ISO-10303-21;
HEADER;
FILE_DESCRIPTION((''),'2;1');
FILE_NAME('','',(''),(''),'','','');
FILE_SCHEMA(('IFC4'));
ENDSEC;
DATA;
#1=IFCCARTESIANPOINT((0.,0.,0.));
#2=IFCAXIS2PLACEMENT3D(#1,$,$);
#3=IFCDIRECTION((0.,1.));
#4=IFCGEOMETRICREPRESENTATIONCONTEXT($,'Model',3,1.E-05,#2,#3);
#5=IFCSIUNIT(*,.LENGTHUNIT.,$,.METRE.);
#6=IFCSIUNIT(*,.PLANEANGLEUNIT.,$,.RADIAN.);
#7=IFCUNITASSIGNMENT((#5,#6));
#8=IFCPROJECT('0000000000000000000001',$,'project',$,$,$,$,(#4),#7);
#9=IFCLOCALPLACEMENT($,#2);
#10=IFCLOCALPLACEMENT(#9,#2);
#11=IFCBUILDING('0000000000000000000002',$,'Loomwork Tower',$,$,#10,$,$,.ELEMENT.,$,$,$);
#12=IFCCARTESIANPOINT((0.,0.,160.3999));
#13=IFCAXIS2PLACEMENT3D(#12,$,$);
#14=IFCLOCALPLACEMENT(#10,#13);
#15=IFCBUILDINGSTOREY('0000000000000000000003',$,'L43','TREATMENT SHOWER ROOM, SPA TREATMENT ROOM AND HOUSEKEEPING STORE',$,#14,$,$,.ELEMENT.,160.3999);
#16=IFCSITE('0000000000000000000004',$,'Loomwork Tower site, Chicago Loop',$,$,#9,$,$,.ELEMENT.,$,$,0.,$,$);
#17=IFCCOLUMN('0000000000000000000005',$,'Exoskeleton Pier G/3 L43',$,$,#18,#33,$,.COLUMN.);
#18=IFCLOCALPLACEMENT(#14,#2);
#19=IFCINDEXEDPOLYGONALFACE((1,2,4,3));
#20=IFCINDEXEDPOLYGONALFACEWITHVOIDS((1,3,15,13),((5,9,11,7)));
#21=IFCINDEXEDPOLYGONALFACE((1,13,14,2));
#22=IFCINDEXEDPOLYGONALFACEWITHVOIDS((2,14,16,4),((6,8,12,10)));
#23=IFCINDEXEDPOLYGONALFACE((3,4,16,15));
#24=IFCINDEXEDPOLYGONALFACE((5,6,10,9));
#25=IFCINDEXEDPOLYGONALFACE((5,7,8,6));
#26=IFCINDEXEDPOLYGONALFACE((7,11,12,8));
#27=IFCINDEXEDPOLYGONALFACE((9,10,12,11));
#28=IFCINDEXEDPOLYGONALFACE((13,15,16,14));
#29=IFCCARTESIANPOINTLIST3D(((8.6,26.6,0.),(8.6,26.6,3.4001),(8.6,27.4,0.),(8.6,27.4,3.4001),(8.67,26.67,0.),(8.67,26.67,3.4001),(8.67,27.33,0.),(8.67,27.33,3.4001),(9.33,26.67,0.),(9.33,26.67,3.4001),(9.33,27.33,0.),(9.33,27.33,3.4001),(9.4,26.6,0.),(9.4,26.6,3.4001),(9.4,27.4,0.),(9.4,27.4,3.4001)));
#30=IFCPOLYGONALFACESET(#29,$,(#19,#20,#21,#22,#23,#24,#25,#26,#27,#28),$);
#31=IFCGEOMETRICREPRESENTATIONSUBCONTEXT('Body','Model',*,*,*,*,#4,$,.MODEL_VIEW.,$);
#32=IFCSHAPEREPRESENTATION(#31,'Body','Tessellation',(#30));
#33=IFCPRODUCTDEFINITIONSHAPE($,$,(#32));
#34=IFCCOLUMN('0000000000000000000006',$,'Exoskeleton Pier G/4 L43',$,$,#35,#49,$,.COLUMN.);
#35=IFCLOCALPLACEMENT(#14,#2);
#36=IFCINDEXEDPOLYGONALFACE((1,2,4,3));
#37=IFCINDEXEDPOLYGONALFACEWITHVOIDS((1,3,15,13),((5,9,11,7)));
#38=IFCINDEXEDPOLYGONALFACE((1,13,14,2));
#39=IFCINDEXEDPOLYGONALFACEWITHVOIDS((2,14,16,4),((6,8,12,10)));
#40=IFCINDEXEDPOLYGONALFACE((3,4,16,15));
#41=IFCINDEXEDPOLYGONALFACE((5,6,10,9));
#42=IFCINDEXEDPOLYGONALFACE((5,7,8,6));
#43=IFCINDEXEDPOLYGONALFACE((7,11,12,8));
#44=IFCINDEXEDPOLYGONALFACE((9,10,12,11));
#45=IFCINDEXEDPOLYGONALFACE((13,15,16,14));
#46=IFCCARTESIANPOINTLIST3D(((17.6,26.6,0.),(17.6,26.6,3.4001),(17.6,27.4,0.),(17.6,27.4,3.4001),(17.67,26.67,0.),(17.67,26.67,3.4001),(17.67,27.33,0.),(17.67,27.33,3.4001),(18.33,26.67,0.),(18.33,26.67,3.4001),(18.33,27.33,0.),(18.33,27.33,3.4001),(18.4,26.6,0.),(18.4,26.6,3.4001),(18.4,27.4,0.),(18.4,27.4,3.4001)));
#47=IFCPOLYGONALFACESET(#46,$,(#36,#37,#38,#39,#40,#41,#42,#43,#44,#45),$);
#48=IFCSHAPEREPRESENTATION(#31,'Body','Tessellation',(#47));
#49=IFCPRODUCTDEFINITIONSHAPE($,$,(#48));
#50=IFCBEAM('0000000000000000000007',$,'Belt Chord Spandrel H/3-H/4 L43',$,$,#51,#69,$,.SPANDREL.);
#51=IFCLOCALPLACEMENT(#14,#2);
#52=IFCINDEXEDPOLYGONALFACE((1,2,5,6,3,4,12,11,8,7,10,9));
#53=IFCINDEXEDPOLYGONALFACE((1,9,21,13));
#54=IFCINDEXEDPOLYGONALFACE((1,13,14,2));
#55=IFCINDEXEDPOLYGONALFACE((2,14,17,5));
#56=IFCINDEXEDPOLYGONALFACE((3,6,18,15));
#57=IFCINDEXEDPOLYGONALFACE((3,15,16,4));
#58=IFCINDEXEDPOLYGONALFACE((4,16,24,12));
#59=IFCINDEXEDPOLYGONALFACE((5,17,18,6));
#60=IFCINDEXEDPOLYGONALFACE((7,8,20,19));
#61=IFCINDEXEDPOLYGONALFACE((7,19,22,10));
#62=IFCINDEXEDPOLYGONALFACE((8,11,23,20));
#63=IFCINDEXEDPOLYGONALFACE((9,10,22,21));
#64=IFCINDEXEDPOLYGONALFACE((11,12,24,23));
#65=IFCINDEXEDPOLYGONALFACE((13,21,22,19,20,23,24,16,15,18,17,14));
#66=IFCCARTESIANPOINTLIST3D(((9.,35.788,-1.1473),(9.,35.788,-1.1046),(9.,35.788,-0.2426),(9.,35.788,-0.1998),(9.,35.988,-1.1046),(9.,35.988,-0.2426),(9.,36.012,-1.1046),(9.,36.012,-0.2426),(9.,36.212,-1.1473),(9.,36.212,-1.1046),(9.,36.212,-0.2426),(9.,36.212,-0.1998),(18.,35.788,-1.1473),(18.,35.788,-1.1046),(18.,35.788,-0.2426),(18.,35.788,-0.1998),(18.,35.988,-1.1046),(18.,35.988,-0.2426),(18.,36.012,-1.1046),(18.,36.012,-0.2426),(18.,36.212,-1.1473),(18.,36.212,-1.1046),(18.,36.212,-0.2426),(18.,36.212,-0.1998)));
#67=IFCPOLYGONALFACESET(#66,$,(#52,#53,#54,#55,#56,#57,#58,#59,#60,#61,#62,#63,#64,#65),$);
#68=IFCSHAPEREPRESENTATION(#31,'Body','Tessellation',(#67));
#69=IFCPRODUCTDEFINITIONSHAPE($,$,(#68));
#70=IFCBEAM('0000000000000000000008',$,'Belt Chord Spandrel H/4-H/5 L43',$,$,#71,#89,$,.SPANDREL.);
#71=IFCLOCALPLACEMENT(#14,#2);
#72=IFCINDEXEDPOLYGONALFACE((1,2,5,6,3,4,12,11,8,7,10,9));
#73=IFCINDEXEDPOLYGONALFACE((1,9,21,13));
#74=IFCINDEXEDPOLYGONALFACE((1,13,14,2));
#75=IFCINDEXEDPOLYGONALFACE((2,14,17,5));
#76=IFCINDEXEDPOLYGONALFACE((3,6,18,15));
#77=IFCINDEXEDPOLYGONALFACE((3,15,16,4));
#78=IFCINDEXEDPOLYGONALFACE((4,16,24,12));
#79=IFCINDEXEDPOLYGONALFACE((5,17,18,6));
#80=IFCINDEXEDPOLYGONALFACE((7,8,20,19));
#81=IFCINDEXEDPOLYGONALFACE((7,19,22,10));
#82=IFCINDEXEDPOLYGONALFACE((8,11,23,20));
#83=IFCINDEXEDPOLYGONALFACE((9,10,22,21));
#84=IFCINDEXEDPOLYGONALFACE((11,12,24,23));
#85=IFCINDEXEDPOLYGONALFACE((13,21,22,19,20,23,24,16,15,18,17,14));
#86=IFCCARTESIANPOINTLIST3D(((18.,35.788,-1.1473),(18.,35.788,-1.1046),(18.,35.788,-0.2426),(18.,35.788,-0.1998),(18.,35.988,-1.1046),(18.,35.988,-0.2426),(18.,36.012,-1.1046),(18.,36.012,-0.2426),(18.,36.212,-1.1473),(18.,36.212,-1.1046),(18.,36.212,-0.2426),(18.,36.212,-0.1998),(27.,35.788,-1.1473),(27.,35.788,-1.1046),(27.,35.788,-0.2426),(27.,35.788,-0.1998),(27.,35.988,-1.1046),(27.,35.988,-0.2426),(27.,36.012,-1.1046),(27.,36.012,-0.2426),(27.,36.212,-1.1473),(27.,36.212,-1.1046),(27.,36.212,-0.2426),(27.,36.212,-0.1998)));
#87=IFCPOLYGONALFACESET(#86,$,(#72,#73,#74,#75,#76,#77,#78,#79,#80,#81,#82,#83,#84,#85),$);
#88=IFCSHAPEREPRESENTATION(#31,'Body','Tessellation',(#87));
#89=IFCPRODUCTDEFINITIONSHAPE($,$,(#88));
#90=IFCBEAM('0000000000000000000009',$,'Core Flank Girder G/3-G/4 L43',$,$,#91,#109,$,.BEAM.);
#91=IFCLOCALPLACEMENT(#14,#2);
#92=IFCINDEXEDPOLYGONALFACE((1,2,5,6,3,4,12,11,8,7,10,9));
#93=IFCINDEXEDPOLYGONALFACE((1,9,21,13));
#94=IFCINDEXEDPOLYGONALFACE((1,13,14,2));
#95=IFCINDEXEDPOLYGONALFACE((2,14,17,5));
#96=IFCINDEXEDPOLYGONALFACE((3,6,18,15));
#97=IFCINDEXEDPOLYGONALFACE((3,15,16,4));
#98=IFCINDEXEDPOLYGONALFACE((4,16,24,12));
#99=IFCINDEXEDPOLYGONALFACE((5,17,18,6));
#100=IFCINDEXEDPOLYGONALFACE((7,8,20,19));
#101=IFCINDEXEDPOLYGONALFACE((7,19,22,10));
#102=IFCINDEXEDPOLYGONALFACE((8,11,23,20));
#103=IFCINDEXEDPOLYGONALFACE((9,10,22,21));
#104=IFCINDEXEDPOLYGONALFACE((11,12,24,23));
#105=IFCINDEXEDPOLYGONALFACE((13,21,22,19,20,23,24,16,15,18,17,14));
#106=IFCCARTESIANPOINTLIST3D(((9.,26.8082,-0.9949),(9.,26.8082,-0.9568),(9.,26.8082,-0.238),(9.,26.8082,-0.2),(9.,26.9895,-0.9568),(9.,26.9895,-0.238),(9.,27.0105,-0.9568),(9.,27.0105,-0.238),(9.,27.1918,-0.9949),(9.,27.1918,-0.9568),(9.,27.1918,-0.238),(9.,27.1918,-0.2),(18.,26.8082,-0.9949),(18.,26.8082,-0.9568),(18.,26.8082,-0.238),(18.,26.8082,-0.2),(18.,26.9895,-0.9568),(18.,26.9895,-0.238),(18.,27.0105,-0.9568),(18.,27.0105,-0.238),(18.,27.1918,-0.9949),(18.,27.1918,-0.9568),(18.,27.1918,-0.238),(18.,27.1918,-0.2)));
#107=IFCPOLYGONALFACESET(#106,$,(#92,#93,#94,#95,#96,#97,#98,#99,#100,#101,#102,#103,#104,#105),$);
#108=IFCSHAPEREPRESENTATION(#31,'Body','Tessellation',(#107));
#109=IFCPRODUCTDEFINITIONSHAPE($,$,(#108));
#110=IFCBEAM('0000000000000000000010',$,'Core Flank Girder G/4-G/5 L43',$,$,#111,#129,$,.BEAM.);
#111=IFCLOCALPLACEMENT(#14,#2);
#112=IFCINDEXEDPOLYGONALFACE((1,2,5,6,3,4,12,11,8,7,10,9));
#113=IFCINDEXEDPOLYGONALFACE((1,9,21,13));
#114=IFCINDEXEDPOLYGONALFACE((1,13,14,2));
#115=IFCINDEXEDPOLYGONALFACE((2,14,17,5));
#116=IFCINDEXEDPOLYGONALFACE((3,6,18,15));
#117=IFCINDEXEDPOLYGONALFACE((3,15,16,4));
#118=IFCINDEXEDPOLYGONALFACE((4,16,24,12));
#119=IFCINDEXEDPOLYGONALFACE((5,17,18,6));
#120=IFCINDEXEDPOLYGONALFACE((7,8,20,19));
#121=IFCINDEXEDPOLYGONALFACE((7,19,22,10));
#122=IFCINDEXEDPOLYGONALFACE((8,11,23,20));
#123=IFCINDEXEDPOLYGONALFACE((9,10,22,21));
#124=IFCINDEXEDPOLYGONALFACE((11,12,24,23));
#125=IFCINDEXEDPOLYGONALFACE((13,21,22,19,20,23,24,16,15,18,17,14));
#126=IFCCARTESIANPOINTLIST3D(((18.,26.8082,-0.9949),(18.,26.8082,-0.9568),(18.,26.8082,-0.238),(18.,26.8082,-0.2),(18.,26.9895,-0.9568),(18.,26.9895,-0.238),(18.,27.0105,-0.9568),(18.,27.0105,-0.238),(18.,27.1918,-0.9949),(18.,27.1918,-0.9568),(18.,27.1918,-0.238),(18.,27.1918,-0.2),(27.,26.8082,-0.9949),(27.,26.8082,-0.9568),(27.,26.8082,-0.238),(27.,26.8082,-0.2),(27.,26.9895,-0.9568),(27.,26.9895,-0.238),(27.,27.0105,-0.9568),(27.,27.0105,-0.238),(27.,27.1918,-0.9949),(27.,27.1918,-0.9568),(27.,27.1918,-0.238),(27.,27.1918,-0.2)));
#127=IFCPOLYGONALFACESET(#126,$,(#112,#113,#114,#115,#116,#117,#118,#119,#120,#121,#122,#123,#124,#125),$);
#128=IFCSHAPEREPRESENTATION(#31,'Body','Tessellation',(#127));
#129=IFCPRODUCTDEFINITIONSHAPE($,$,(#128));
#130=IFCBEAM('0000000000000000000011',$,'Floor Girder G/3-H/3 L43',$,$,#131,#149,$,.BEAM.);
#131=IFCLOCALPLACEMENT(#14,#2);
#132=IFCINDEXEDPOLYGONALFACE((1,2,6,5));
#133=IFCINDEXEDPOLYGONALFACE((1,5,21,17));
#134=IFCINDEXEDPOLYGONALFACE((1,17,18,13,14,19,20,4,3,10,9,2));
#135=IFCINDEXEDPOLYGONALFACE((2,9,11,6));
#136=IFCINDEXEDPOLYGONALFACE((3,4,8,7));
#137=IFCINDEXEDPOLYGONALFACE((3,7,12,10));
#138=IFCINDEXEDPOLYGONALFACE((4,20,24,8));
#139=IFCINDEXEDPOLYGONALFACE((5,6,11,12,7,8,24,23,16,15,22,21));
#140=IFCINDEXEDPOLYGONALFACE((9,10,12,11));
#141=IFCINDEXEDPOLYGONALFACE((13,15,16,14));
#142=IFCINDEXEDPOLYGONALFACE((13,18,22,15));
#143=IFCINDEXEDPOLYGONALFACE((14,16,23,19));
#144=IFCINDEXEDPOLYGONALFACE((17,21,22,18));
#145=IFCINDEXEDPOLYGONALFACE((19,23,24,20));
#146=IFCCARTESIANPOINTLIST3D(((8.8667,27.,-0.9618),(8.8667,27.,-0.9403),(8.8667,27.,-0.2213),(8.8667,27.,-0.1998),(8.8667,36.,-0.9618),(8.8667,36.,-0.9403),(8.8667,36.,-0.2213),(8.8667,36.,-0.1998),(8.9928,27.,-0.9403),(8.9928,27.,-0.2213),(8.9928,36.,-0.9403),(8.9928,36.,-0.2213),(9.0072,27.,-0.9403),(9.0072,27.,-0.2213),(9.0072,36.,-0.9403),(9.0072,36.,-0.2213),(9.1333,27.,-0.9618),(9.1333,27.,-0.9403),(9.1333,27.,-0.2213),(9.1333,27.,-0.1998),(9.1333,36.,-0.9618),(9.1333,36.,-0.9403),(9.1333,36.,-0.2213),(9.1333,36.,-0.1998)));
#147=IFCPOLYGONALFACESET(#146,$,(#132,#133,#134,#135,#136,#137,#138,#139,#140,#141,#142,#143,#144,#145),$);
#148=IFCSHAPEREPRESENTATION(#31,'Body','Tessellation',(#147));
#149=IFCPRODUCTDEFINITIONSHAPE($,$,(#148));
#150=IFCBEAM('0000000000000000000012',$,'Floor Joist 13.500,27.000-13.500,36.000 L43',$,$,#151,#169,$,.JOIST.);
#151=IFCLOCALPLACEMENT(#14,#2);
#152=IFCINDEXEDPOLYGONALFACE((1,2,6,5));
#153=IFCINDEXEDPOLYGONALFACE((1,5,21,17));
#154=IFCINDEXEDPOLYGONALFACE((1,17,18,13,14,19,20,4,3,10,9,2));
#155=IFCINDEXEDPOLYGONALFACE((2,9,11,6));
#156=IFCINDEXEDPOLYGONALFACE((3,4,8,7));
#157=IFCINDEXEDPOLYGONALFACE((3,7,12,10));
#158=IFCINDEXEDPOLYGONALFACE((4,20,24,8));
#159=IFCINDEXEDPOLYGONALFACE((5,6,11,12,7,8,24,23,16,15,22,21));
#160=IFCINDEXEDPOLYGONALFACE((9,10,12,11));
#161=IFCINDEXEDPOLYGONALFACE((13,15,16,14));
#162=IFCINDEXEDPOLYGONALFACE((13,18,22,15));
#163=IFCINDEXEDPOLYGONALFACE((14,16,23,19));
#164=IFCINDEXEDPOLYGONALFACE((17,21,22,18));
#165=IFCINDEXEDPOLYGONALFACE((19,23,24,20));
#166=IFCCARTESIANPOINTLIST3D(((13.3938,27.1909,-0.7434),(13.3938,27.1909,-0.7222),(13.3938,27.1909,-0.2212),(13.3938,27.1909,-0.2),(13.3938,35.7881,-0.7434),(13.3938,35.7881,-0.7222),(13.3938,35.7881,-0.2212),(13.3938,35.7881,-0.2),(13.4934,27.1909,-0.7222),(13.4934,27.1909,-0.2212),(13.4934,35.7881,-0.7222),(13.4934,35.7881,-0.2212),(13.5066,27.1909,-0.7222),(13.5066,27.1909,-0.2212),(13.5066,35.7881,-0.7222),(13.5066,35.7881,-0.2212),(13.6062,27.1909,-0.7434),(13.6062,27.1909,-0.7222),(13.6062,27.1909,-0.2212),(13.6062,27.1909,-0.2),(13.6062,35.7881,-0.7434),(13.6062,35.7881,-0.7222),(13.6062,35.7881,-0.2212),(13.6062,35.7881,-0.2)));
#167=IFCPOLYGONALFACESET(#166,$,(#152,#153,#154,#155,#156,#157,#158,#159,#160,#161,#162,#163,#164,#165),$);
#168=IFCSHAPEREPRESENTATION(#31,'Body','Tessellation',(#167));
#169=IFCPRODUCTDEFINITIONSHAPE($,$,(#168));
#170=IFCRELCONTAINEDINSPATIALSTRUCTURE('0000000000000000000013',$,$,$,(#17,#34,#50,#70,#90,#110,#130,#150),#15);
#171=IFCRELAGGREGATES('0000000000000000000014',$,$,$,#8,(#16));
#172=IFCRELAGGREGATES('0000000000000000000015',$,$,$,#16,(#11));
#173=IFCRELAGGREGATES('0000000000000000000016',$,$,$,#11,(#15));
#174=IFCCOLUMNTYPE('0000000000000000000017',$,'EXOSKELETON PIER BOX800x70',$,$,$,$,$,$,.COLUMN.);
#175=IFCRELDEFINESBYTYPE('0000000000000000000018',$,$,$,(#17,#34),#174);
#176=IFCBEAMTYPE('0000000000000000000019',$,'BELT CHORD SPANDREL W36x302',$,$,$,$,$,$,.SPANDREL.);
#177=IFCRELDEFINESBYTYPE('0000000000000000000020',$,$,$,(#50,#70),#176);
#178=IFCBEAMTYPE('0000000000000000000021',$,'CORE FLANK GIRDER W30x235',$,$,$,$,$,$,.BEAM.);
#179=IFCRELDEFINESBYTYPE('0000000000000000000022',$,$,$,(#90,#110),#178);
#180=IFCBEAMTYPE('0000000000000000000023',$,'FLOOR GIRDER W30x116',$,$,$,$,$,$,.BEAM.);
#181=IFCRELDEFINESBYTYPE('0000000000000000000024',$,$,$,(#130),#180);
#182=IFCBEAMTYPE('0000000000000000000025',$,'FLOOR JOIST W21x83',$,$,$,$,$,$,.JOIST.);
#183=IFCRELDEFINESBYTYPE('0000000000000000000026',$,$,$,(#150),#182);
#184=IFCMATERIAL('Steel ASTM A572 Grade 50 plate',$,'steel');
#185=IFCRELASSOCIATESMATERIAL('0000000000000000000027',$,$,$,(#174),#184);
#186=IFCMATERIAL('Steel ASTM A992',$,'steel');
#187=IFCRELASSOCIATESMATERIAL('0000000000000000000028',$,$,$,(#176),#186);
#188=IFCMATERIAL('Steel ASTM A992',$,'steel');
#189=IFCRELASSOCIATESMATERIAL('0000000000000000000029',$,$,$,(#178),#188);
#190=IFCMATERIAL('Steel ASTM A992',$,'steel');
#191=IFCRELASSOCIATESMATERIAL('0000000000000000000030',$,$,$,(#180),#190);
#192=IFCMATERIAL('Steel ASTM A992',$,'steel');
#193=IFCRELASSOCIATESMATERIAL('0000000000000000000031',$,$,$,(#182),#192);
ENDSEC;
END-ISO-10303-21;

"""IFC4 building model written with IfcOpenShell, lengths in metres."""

from ifc_helpers import new_model, si_unit, direction, frame, origin, origin_2d, place, context, subcontext, project, spatial, hollow_rectangle, i_section, extrude, material, material_profile, profile_set, type_object, element, save


model = new_model("IFC4")

# Units and contexts
model_context = context("Model", 3, precision=1e-05, world=origin(), true_north=direction((0.0, 1.0)))
body_context = subcontext(model_context, "Body", "Model", "MODEL_VIEW")
ifc_project = project(units=[si_unit("LENGTHUNIT", "METRE"), si_unit("PLANEANGLEUNIT", "RADIAN")], contexts=[model_context])

# Site, building, storey
site_placement = place(None, origin())
site = spatial("IfcSite", under=ifc_project, at=site_placement, Name="Loomwork Tower site, Chicago Loop", CompositionType="ELEMENT", RefElevation=0.0)
building_placement = place(site_placement, origin())
building = spatial("IfcBuilding", under=site, at=building_placement, Name="Loomwork Tower", CompositionType="ELEMENT")
storey_placement = place(building_placement, frame((0.0, 0.0, 160.3999)))
storey = spatial("IfcBuildingStorey", under=building, at=storey_placement, Name="L43", Description="TREATMENT SHOWER ROOM, SPA TREATMENT ROOM AND HOUSEKEEPING STORE", CompositionType="ELEMENT", Elevation=160.3999)

# Columns
ifc_material_1 = material(Name="Steel ASTM A572 Grade 50 plate", Category="steel")
ifc_material_profile_1 = material_profile(ifc_material_1, hollow_rectangle(XDim=0.8, YDim=0.8, WallThickness=0.0701, at=origin_2d()), Name="BOX800x70")
ifc_profile_set_1 = profile_set([ifc_material_profile_1], Name="Steel ASTM A572 Grade 50 plate")
column_type = type_object("IfcColumnType", Name="EXOSKELETON PIER BOX800x70", PredefinedType="COLUMN", material=ifc_profile_set_1)
for number, where, z_axis, x_axis, name in (
    (1, (9.0, 27.0, 0.0), (0.0, 0.0, 1.0), (1.0, 0.0, 0.0), "Exoskeleton Pier G/3 L43"),
    (2, (18.0, 27.0, 0.0), (0.0, 0.0, 1.0), (1.0, 0.0, 0.0), "Exoskeleton Pier G/4 L43"),
):
    element("IfcColumn", number, at=place(storey_placement, frame(where, z_axis=z_axis, x_axis=x_axis)), inside=storey, type_object=column_type, Name=name, PredefinedType="COLUMN", context=body_context, shape_type="SweptSolid", body=[
        extrude(hollow_rectangle(XDim=0.8, YDim=0.8, WallThickness=0.0701, at=origin_2d()), origin(), (0.0, 0.0, 1.0), 3.4001),
    ])

# Beams
ifc_material_2 = material(Name="Steel ASTM A992", Category="steel")
ifc_material_profile_2 = material_profile(ifc_material_2, i_section(OverallWidth=0.4241, OverallDepth=0.9475, WebThickness=0.0239, FlangeThickness=0.0427, at=origin_2d()), Name="W36x302")
ifc_profile_set_2 = profile_set([ifc_material_profile_2], Name="Steel ASTM A992")
beam_type_1 = type_object("IfcBeamType", Name="BELT CHORD SPANDREL W36x302", PredefinedType="SPANDREL", material=ifc_profile_set_2)
for number, where, z_axis, x_axis, name in (
    (3, (9.0, 36.0, -0.6736), (1.0, 0.0, 0.0), (0.0, 1.0, 0.0), "Belt Chord Spandrel H/3-H/4 L43"),
    (4, (18.0, 36.0, -0.6736), (1.0, 0.0, 0.0), (0.0, 1.0, 0.0), "Belt Chord Spandrel H/4-H/5 L43"),
):
    element("IfcBeam", number, at=place(storey_placement, frame(where, z_axis=z_axis, x_axis=x_axis)), inside=storey, type_object=beam_type_1, Name=name, PredefinedType="SPANDREL", context=body_context, shape_type="SweptSolid", body=[
        extrude(i_section(OverallWidth=0.4241, OverallDepth=0.9475, WebThickness=0.0239, FlangeThickness=0.0427, at=origin_2d()), origin(), (0.0, 0.0, 1.0), 9.0),
    ])
ifc_material_3 = material(Name="Steel ASTM A992", Category="steel")
ifc_material_profile_3 = material_profile(ifc_material_3, i_section(OverallWidth=0.3835, OverallDepth=0.7949, WebThickness=0.021, FlangeThickness=0.0381, at=origin_2d()), Name="W30x235")
ifc_profile_set_3 = profile_set([ifc_material_profile_3], Name="Steel ASTM A992")
beam_type_2 = type_object("IfcBeamType", Name="CORE FLANK GIRDER W30x235", PredefinedType="BEAM", material=ifc_profile_set_3)
for number, where, z_axis, x_axis, name in (
    (5, (9.0, 27.0, -0.5974), (1.0, 0.0, 0.0), (0.0, 1.0, 0.0), "Core Flank Girder G/3-G/4 L43"),
    (6, (18.0, 27.0, -0.5974), (1.0, 0.0, 0.0), (0.0, 1.0, 0.0), "Core Flank Girder G/4-G/5 L43"),
):
    element("IfcBeam", number, at=place(storey_placement, frame(where, z_axis=z_axis, x_axis=x_axis)), inside=storey, type_object=beam_type_2, Name=name, PredefinedType="BEAM", context=body_context, shape_type="SweptSolid", body=[
        extrude(i_section(OverallWidth=0.3835, OverallDepth=0.7949, WebThickness=0.021, FlangeThickness=0.0381, at=origin_2d()), origin(), (0.0, 0.0, 1.0), 9.0),
    ])
ifc_material_4 = material(Name="Steel ASTM A992", Category="steel")
ifc_material_profile_4 = material_profile(ifc_material_4, i_section(OverallWidth=0.2666, OverallDepth=0.762, WebThickness=0.0144, FlangeThickness=0.0215, at=origin_2d()), Name="W30x116")
ifc_profile_set_4 = profile_set([ifc_material_profile_4], Name="Steel ASTM A992")
beam_type_3 = type_object("IfcBeamType", Name="FLOOR GIRDER W30x116", PredefinedType="BEAM", material=ifc_profile_set_4)
beam_1_placement = place(storey_placement, frame((9.0, 27.0, -0.5808), z_axis=(0.0, 1.0, 0.0), x_axis=(-1.0, 0.0, 0.0)))
element("IfcBeam", 7, at=beam_1_placement, inside=storey, type_object=beam_type_3, Name="Floor Girder G/3-H/3 L43", PredefinedType="BEAM", context=body_context, shape_type="SweptSolid", body=[
    extrude(i_section(OverallWidth=0.2666, OverallDepth=0.762, WebThickness=0.0144, FlangeThickness=0.0215, at=origin_2d()), origin(), (0.0, 0.0, 1.0), 9.0),
])
ifc_material_5 = material(Name="Steel ASTM A992", Category="steel")
ifc_material_profile_5 = material_profile(ifc_material_5, i_section(OverallWidth=0.2124, OverallDepth=0.5435, WebThickness=0.0132, FlangeThickness=0.0212, at=origin_2d()), Name="W21x83")
ifc_profile_set_5 = profile_set([ifc_material_profile_5], Name="Steel ASTM A992")
beam_type_4 = type_object("IfcBeamType", Name="FLOOR JOIST W21x83", PredefinedType="JOIST", material=ifc_profile_set_5)
beam_2_placement = place(storey_placement, frame((13.5, 27.1909, -0.4717), z_axis=(0.0, 1.0, 0.0), x_axis=(-1.0, 0.0, 0.0)))
element("IfcBeam", 8, at=beam_2_placement, inside=storey, type_object=beam_type_4, Name="Floor Joist 13.500,27.000-13.500,36.000 L43", PredefinedType="JOIST", context=body_context, shape_type="SweptSolid", body=[
    extrude(i_section(OverallWidth=0.2124, OverallDepth=0.5435, WebThickness=0.0132, FlangeThickness=0.0212, at=origin_2d()), origin(), (0.0, 0.0, 1.0), 8.5972),
])

save(model, "model.ifc")
